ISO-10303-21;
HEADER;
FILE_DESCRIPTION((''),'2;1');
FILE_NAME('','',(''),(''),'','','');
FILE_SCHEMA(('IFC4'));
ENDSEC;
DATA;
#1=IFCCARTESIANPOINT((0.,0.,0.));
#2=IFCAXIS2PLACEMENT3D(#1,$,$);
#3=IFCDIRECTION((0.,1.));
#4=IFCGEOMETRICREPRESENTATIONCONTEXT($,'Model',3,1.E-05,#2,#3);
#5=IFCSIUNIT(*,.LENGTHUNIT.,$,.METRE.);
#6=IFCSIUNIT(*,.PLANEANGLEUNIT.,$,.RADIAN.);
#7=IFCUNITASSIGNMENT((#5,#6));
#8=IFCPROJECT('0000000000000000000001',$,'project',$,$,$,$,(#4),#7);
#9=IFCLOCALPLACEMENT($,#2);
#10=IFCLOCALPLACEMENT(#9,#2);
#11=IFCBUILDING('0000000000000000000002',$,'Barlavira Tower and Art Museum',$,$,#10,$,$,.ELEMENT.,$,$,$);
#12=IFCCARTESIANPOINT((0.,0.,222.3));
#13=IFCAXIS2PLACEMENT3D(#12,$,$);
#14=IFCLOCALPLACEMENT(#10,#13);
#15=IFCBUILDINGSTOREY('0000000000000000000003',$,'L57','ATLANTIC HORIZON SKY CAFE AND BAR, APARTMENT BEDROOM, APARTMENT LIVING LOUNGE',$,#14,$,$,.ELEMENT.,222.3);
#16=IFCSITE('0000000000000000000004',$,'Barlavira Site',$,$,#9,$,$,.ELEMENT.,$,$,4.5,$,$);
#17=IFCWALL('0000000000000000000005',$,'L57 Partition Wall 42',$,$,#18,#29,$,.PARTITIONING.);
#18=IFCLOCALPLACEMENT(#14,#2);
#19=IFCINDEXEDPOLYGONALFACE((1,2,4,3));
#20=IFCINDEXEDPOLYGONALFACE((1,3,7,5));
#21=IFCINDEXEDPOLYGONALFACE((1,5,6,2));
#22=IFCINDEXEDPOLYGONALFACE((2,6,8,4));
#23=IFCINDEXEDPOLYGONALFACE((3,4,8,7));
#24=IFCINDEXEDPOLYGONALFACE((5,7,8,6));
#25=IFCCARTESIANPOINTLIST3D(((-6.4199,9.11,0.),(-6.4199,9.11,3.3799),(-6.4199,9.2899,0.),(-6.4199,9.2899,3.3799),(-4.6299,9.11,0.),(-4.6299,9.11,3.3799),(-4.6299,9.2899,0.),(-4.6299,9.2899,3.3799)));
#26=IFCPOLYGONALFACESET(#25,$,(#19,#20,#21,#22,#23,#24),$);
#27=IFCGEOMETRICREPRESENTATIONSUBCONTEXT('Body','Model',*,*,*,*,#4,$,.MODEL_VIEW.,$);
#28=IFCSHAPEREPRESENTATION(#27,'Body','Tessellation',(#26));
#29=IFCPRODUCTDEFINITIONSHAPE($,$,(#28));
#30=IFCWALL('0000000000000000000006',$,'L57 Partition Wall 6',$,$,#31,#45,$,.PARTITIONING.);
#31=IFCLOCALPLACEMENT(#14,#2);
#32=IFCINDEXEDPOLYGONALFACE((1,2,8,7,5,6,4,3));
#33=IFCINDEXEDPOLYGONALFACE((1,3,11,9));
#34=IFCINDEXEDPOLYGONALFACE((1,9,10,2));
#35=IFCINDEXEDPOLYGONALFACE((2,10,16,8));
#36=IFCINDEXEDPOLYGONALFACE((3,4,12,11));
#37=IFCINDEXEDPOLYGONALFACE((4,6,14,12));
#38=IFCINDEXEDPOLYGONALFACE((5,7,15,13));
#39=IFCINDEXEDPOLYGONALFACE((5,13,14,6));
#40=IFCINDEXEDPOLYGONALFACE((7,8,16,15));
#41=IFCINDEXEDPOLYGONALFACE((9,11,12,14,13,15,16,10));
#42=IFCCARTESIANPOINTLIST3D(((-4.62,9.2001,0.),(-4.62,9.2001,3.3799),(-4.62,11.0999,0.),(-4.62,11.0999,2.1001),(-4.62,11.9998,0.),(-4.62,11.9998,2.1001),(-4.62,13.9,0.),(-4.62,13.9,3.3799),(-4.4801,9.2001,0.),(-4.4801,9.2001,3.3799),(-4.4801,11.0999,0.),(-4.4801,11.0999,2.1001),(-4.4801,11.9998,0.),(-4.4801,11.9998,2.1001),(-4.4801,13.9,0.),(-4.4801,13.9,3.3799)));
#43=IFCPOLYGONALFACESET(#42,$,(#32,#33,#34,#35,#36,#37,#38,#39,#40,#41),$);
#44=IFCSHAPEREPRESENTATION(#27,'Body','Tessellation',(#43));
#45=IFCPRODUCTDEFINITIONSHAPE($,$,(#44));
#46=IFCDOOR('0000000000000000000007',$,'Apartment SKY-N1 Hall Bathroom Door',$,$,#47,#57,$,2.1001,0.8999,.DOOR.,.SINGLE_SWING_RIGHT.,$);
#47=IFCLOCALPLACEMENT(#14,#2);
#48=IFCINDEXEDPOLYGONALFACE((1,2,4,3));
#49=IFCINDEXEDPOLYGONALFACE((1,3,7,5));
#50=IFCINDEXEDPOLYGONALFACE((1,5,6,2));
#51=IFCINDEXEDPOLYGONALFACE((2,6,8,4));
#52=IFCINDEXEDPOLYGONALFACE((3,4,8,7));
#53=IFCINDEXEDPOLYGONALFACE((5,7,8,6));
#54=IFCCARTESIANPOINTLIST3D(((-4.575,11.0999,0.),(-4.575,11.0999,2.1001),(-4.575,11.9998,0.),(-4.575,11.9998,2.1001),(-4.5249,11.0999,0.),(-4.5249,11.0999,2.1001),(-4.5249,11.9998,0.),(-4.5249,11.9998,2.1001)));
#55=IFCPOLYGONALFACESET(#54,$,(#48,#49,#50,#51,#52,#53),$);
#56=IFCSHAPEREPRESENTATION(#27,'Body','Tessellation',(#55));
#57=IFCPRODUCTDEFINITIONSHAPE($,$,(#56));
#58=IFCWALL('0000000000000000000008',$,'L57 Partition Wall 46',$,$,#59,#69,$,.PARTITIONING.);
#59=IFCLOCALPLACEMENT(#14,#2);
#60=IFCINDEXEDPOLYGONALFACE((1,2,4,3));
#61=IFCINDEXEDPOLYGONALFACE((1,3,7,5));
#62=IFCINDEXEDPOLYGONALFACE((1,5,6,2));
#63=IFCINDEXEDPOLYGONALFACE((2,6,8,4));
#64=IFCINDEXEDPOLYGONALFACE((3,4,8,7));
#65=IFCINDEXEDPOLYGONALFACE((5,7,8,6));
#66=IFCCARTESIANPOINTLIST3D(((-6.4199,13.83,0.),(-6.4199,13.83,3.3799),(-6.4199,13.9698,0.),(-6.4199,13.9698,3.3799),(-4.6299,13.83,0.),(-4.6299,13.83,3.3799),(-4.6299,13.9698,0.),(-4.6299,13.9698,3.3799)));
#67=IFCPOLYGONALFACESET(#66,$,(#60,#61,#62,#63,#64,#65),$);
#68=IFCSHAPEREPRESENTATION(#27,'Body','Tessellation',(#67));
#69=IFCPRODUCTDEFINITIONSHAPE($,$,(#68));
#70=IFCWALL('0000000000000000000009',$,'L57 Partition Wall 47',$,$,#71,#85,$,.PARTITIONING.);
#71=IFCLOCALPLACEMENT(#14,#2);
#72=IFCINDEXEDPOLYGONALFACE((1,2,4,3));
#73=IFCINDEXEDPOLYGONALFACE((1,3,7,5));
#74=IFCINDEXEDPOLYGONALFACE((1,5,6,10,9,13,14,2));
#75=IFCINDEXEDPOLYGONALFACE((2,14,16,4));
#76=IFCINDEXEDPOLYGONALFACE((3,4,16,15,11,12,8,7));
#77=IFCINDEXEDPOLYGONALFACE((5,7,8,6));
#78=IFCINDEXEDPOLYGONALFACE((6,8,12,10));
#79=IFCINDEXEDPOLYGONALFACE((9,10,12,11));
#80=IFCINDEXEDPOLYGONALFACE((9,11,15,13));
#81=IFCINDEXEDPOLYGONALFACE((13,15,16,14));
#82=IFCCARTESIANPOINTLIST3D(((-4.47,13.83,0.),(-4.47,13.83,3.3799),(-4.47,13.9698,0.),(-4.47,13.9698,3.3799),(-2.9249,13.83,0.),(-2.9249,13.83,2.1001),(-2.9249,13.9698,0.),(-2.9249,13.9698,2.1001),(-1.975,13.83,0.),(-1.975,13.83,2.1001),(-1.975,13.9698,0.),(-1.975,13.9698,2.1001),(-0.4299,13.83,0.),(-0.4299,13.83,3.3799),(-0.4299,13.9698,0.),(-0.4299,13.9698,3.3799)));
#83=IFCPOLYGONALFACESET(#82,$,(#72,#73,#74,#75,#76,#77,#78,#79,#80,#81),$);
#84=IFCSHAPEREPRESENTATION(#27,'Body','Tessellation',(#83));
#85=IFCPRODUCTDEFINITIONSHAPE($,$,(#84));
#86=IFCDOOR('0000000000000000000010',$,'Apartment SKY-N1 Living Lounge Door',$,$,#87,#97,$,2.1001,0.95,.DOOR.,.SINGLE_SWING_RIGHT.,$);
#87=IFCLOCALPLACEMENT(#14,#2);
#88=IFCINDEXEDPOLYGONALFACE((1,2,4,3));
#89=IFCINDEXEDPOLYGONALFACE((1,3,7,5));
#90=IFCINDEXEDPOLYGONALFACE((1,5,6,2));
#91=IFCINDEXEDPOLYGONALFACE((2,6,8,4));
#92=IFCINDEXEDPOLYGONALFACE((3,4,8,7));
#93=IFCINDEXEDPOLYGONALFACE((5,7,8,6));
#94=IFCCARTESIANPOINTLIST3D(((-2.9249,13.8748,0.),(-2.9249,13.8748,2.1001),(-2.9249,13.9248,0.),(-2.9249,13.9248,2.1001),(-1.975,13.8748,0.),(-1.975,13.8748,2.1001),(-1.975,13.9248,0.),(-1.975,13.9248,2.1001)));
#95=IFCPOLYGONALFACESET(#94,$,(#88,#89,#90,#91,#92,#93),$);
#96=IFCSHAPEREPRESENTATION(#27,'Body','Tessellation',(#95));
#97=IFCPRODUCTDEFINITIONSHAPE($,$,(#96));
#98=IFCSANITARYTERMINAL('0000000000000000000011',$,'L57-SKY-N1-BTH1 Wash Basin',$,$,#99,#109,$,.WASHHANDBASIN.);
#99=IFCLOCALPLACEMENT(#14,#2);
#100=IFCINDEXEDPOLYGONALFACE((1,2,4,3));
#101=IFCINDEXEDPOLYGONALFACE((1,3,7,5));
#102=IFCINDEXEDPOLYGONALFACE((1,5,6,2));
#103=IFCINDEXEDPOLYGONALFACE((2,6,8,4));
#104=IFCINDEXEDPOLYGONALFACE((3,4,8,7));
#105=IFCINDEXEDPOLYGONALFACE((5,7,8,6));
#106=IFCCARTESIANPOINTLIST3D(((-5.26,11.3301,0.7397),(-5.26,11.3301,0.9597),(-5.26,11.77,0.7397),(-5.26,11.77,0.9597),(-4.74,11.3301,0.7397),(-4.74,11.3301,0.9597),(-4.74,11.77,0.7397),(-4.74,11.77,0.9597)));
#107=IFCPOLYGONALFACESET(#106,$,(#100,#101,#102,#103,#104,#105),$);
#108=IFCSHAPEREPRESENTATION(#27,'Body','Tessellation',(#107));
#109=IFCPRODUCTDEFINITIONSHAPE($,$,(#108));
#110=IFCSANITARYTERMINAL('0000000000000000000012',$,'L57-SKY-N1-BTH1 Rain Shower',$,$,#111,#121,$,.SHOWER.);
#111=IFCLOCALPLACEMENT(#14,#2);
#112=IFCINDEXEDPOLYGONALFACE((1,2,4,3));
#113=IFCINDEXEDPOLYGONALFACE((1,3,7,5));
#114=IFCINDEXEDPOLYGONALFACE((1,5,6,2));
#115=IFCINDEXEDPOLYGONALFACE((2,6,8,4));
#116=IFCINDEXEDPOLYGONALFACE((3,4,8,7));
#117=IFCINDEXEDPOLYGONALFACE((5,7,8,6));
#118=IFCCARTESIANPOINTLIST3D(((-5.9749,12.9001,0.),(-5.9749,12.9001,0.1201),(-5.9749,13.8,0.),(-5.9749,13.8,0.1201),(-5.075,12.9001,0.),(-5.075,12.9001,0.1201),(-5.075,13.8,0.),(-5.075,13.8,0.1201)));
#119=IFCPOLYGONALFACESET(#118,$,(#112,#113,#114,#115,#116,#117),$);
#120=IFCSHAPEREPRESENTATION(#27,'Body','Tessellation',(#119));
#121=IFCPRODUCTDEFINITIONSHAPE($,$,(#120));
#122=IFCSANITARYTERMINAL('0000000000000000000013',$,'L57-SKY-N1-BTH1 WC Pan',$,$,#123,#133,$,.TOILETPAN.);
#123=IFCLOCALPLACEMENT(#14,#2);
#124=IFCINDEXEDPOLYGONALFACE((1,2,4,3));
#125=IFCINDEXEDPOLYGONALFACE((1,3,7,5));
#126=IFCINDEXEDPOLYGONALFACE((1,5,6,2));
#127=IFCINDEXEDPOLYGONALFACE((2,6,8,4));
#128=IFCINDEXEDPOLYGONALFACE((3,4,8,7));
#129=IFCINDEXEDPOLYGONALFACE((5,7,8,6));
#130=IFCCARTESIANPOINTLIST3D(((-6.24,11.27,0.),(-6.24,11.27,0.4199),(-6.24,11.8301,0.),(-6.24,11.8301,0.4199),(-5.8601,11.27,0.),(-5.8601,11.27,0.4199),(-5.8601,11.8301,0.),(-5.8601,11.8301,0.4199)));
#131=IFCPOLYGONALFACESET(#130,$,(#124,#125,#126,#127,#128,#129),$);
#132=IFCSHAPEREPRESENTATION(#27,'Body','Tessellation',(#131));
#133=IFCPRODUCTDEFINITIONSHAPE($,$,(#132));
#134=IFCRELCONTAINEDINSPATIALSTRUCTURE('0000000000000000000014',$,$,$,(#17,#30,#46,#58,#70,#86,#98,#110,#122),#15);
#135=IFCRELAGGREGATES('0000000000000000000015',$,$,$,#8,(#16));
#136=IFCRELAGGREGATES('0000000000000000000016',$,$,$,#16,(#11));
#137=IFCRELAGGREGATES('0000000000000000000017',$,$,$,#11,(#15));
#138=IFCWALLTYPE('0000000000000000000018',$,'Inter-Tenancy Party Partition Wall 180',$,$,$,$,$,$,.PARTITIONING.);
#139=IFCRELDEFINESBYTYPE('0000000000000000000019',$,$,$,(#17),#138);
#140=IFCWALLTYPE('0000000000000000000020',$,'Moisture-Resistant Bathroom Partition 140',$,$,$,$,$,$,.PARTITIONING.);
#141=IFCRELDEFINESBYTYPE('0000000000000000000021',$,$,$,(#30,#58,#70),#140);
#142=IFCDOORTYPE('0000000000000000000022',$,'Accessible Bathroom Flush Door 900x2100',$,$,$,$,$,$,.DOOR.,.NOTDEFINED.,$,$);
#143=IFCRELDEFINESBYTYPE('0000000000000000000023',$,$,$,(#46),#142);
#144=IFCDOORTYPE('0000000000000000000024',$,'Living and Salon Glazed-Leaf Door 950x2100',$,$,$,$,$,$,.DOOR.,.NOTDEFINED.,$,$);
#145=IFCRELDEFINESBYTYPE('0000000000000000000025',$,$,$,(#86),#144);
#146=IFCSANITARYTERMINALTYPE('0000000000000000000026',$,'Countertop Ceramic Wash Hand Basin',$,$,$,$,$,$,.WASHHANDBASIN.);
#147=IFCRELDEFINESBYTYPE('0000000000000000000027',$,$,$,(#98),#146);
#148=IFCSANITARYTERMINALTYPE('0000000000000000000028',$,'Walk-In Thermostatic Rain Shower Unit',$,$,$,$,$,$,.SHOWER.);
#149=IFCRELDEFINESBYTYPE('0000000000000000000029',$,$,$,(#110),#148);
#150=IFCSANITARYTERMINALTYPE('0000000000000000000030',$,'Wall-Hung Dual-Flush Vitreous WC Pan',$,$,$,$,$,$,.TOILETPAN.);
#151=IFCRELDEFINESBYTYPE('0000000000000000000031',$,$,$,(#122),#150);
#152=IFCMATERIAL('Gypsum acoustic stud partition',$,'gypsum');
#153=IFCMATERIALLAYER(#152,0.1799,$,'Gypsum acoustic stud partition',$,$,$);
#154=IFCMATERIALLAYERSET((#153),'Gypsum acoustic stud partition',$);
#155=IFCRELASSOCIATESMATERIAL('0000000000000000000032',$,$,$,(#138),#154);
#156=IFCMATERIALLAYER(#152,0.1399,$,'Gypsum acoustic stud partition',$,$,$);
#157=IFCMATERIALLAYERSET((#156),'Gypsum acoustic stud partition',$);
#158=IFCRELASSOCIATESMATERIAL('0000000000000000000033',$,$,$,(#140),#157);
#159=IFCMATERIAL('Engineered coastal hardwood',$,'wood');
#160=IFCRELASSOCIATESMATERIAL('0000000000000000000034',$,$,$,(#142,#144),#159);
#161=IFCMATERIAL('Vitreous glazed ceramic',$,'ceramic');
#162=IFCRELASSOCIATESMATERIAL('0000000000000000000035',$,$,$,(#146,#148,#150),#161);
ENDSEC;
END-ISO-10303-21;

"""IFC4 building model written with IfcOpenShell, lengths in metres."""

from ifc_helpers import new_model, si_unit, direction, frame, frame_2d, origin, origin_2d, place, context, subcontext, project, spatial, rectangle, extrude, material, layer, layer_set, type_object, element, fill, save


model = new_model("IFC4")

# Units and contexts
model_context = context("Model", 3, precision=1e-05, world=origin(), true_north=direction((0.0, 1.0)))
body_context = subcontext(model_context, "Body", "Model", "MODEL_VIEW")
ifc_project = project(units=[si_unit("LENGTHUNIT", "METRE"), si_unit("PLANEANGLEUNIT", "RADIAN")], contexts=[model_context])

# Site, building, storey
site_placement = place(None, origin())
site = spatial("IfcSite", under=ifc_project, at=site_placement, Name="Barlavira Site", CompositionType="ELEMENT", RefElevation=4.5)
building_placement = place(site_placement, origin())
building = spatial("IfcBuilding", under=site, at=building_placement, Name="Barlavira Tower and Art Museum", CompositionType="ELEMENT")
storey_placement = place(building_placement, frame((0.0, 0.0, 222.3)))
storey = spatial("IfcBuildingStorey", under=building, at=storey_placement, Name="L57", Description="ATLANTIC HORIZON SKY CAFE AND BAR, APARTMENT BEDROOM, APARTMENT LIVING LOUNGE", CompositionType="ELEMENT", Elevation=222.3)

# Wall
ifc_material_1 = material(Name="Gypsum acoustic stud partition", Category="gypsum")
ifc_layer_1 = layer(ifc_material_1, 0.1799, Name="Gypsum acoustic stud partition")
ifc_layer_set_1 = layer_set([ifc_layer_1], Name="Gypsum acoustic stud partition")
wall_type_1 = type_object("IfcWallType", Name="Inter-Tenancy Party Partition Wall 180", PredefinedType="PARTITIONING", material=ifc_layer_set_1)
wall_1_placement = place(storey_placement, frame((-6.4199, 9.2, 0.0), z_axis=(0.0, 0.0, 1.0), x_axis=(1.0, 0.0, 0.0)))
element("IfcWall", 1, at=wall_1_placement, inside=storey, type_object=wall_type_1, Name="L57 Partition Wall 42", PredefinedType="PARTITIONING", context=body_context, shape_type="SweptSolid", body=[
    extrude(rectangle(XDim=1.79, YDim=0.1799, at=frame_2d((0.895, 0.0))), origin(), (0.0, 0.0, 1.0), 3.3799),
])

# Wall, opening, door
ifc_layer_2 = layer(ifc_material_1, 0.1399, Name="Gypsum acoustic stud partition")
ifc_layer_set_2 = layer_set([ifc_layer_2], Name="Gypsum acoustic stud partition")
wall_type_2 = type_object("IfcWallType", Name="Moisture-Resistant Bathroom Partition 140", PredefinedType="PARTITIONING", material=ifc_layer_set_2)
wall_2_placement = place(storey_placement, frame((-4.55, 9.2, 0.0), z_axis=(0.0, 0.0, 1.0), x_axis=(0.0, 1.0, 0.0)))
wall_2 = element("IfcWall", 2, at=wall_2_placement, inside=storey, type_object=wall_type_2, Name="L57 Partition Wall 6", PredefinedType="PARTITIONING", context=body_context, shape_type="SweptSolid", body=[
    extrude(rectangle(XDim=4.7, YDim=0.1399, at=frame_2d((2.3501, 0.0))), origin(), (0.0, 0.0, 1.0), 3.3799),
])
opening_1_placement = place(wall_2_placement, frame((1.8999, 0.0, 0.0)))
opening_1 = element("IfcOpeningElement", 3, at=opening_1_placement, cuts=wall_2, PredefinedType="OPENING", context=body_context, shape_type="SweptSolid", body=[
    extrude(rectangle(XDim=0.8999, YDim=2.1001, at=frame_2d((0.45, 1.05))), frame((0.0, 0.0801, 0.0), z_axis=(0.0, -1.0, 0.0), x_axis=(1.0, 0.0, 0.0)), (0.0, 0.0, 1.0), 0.1599),
])
ifc_material_2 = material(Name="Engineered coastal hardwood", Category="wood")
door_type_1 = type_object("IfcDoorType", Name="Accessible Bathroom Flush Door 900x2100", OperationType="NOTDEFINED", PredefinedType="DOOR", material=ifc_material_2)
door_1_placement = place(opening_1_placement, origin())
door_1 = element("IfcDoor", 4, at=door_1_placement, inside=storey, type_object=door_type_1, Name="Apartment SKY-N1 Hall Bathroom Door", OperationType="SINGLE_SWING_RIGHT", OverallHeight=2.1001, OverallWidth=0.8999, PredefinedType="DOOR", context=body_context, shape_type="SweptSolid", body=[
    extrude(rectangle(XDim=0.8999, YDim=2.1001, at=frame_2d((0.45, 1.05))), frame((0.0, 0.0249, 0.0), z_axis=(0.0, -1.0, 0.0), x_axis=(1.0, 0.0, 0.0)), (0.0, 0.0, 1.0), 0.05),
])
fill(opening_1, door_1)

# Wall
wall_3_placement = place(storey_placement, frame((-6.4199, 13.8999, 0.0), z_axis=(0.0, 0.0, 1.0), x_axis=(1.0, 0.0, 0.0)))
element("IfcWall", 5, at=wall_3_placement, inside=storey, type_object=wall_type_2, Name="L57 Partition Wall 46", PredefinedType="PARTITIONING", context=body_context, shape_type="SweptSolid", body=[
    extrude(rectangle(XDim=1.79, YDim=0.1399, at=frame_2d((0.895, 0.0))), origin(), (0.0, 0.0, 1.0), 3.3799),
])

# Wall, opening, door
wall_4_placement = place(storey_placement, frame((-4.47, 13.8999, 0.0), z_axis=(0.0, 0.0, 1.0), x_axis=(1.0, 0.0, 0.0)))
wall_4 = element("IfcWall", 6, at=wall_4_placement, inside=storey, type_object=wall_type_2, Name="L57 Partition Wall 47", PredefinedType="PARTITIONING", context=body_context, shape_type="SweptSolid", body=[
    extrude(rectangle(XDim=4.04, YDim=0.1399, at=frame_2d((2.02, 0.0))), origin(), (0.0, 0.0, 1.0), 3.3799),
])
opening_2_placement = place(wall_4_placement, frame((1.5449, 0.0, 0.0)))
opening_2 = element("IfcOpeningElement", 7, at=opening_2_placement, cuts=wall_4, PredefinedType="OPENING", context=body_context, shape_type="SweptSolid", body=[
    extrude(rectangle(XDim=0.95, YDim=2.1001, at=frame_2d((0.4751, 1.05))), frame((0.0, 0.0801, 0.0), z_axis=(0.0, -1.0, 0.0), x_axis=(1.0, 0.0, 0.0)), (0.0, 0.0, 1.0), 0.1599),
])
door_type_2 = type_object("IfcDoorType", Name="Living and Salon Glazed-Leaf Door 950x2100", OperationType="NOTDEFINED", PredefinedType="DOOR", material=ifc_material_2)
door_2_placement = place(opening_2_placement, origin())
door_2 = element("IfcDoor", 8, at=door_2_placement, inside=storey, type_object=door_type_2, Name="Apartment SKY-N1 Living Lounge Door", OperationType="SINGLE_SWING_RIGHT", OverallHeight=2.1001, OverallWidth=0.95, PredefinedType="DOOR", context=body_context, shape_type="SweptSolid", body=[
    extrude(rectangle(XDim=0.95, YDim=2.1001, at=frame_2d((0.4751, 1.05))), frame((0.0, 0.0249, 0.0), z_axis=(0.0, -1.0, 0.0), x_axis=(1.0, 0.0, 0.0)), (0.0, 0.0, 1.0), 0.05),
])
fill(opening_2, door_2)

# Sanitary terminals
ifc_material_3 = material(Name="Vitreous glazed ceramic", Category="ceramic")
sanitary_terminal_type_1 = type_object("IfcSanitaryTerminalType", Name="Countertop Ceramic Wash Hand Basin", PredefinedType="WASHHANDBASIN", material=ifc_material_3)
sanitary_terminal_1_placement = place(storey_placement, frame((-5.0, 11.55, 0.7397), z_axis=(0.0, 0.0, 1.0), x_axis=(1.0, 0.0, 0.0)))
element("IfcSanitaryTerminal", 9, at=sanitary_terminal_1_placement, inside=storey, type_object=sanitary_terminal_type_1, Name="L57-SKY-N1-BTH1 Wash Basin", PredefinedType="WASHHANDBASIN", context=body_context, shape_type="SweptSolid", body=[
    extrude(rectangle(XDim=0.52, YDim=0.4399, at=origin_2d()), origin(), (0.0, 0.0, 1.0), 0.22),
])
sanitary_terminal_type_2 = type_object("IfcSanitaryTerminalType", Name="Walk-In Thermostatic Rain Shower Unit", PredefinedType="SHOWER", material=ifc_material_3)
sanitary_terminal_2_placement = place(storey_placement, frame((-5.5249, 13.3501, 0.0), z_axis=(0.0, 0.0, 1.0), x_axis=(1.0, 0.0, 0.0)))
element("IfcSanitaryTerminal", 10, at=sanitary_terminal_2_placement, inside=storey, type_object=sanitary_terminal_type_2, Name="L57-SKY-N1-BTH1 Rain Shower", PredefinedType="SHOWER", context=body_context, shape_type="SweptSolid", body=[
    extrude(rectangle(XDim=0.8999, YDim=0.8999, at=origin_2d()), origin(), (0.0, 0.0, 1.0), 0.1201),
])
sanitary_terminal_type_3 = type_object("IfcSanitaryTerminalType", Name="Wall-Hung Dual-Flush Vitreous WC Pan", PredefinedType="TOILETPAN", material=ifc_material_3)
sanitary_terminal_3_placement = place(storey_placement, frame((-6.05, 11.55, 0.0), z_axis=(0.0, 0.0, 1.0), x_axis=(1.0, 0.0, 0.0)))
element("IfcSanitaryTerminal", 11, at=sanitary_terminal_3_placement, inside=storey, type_object=sanitary_terminal_type_3, Name="L57-SKY-N1-BTH1 WC Pan", PredefinedType="TOILETPAN", context=body_context, shape_type="SweptSolid", body=[
    extrude(rectangle(XDim=0.3799, YDim=0.5601, at=origin_2d()), origin(), (0.0, 0.0, 1.0), 0.4199),
])

save(model, "model.ifc")
